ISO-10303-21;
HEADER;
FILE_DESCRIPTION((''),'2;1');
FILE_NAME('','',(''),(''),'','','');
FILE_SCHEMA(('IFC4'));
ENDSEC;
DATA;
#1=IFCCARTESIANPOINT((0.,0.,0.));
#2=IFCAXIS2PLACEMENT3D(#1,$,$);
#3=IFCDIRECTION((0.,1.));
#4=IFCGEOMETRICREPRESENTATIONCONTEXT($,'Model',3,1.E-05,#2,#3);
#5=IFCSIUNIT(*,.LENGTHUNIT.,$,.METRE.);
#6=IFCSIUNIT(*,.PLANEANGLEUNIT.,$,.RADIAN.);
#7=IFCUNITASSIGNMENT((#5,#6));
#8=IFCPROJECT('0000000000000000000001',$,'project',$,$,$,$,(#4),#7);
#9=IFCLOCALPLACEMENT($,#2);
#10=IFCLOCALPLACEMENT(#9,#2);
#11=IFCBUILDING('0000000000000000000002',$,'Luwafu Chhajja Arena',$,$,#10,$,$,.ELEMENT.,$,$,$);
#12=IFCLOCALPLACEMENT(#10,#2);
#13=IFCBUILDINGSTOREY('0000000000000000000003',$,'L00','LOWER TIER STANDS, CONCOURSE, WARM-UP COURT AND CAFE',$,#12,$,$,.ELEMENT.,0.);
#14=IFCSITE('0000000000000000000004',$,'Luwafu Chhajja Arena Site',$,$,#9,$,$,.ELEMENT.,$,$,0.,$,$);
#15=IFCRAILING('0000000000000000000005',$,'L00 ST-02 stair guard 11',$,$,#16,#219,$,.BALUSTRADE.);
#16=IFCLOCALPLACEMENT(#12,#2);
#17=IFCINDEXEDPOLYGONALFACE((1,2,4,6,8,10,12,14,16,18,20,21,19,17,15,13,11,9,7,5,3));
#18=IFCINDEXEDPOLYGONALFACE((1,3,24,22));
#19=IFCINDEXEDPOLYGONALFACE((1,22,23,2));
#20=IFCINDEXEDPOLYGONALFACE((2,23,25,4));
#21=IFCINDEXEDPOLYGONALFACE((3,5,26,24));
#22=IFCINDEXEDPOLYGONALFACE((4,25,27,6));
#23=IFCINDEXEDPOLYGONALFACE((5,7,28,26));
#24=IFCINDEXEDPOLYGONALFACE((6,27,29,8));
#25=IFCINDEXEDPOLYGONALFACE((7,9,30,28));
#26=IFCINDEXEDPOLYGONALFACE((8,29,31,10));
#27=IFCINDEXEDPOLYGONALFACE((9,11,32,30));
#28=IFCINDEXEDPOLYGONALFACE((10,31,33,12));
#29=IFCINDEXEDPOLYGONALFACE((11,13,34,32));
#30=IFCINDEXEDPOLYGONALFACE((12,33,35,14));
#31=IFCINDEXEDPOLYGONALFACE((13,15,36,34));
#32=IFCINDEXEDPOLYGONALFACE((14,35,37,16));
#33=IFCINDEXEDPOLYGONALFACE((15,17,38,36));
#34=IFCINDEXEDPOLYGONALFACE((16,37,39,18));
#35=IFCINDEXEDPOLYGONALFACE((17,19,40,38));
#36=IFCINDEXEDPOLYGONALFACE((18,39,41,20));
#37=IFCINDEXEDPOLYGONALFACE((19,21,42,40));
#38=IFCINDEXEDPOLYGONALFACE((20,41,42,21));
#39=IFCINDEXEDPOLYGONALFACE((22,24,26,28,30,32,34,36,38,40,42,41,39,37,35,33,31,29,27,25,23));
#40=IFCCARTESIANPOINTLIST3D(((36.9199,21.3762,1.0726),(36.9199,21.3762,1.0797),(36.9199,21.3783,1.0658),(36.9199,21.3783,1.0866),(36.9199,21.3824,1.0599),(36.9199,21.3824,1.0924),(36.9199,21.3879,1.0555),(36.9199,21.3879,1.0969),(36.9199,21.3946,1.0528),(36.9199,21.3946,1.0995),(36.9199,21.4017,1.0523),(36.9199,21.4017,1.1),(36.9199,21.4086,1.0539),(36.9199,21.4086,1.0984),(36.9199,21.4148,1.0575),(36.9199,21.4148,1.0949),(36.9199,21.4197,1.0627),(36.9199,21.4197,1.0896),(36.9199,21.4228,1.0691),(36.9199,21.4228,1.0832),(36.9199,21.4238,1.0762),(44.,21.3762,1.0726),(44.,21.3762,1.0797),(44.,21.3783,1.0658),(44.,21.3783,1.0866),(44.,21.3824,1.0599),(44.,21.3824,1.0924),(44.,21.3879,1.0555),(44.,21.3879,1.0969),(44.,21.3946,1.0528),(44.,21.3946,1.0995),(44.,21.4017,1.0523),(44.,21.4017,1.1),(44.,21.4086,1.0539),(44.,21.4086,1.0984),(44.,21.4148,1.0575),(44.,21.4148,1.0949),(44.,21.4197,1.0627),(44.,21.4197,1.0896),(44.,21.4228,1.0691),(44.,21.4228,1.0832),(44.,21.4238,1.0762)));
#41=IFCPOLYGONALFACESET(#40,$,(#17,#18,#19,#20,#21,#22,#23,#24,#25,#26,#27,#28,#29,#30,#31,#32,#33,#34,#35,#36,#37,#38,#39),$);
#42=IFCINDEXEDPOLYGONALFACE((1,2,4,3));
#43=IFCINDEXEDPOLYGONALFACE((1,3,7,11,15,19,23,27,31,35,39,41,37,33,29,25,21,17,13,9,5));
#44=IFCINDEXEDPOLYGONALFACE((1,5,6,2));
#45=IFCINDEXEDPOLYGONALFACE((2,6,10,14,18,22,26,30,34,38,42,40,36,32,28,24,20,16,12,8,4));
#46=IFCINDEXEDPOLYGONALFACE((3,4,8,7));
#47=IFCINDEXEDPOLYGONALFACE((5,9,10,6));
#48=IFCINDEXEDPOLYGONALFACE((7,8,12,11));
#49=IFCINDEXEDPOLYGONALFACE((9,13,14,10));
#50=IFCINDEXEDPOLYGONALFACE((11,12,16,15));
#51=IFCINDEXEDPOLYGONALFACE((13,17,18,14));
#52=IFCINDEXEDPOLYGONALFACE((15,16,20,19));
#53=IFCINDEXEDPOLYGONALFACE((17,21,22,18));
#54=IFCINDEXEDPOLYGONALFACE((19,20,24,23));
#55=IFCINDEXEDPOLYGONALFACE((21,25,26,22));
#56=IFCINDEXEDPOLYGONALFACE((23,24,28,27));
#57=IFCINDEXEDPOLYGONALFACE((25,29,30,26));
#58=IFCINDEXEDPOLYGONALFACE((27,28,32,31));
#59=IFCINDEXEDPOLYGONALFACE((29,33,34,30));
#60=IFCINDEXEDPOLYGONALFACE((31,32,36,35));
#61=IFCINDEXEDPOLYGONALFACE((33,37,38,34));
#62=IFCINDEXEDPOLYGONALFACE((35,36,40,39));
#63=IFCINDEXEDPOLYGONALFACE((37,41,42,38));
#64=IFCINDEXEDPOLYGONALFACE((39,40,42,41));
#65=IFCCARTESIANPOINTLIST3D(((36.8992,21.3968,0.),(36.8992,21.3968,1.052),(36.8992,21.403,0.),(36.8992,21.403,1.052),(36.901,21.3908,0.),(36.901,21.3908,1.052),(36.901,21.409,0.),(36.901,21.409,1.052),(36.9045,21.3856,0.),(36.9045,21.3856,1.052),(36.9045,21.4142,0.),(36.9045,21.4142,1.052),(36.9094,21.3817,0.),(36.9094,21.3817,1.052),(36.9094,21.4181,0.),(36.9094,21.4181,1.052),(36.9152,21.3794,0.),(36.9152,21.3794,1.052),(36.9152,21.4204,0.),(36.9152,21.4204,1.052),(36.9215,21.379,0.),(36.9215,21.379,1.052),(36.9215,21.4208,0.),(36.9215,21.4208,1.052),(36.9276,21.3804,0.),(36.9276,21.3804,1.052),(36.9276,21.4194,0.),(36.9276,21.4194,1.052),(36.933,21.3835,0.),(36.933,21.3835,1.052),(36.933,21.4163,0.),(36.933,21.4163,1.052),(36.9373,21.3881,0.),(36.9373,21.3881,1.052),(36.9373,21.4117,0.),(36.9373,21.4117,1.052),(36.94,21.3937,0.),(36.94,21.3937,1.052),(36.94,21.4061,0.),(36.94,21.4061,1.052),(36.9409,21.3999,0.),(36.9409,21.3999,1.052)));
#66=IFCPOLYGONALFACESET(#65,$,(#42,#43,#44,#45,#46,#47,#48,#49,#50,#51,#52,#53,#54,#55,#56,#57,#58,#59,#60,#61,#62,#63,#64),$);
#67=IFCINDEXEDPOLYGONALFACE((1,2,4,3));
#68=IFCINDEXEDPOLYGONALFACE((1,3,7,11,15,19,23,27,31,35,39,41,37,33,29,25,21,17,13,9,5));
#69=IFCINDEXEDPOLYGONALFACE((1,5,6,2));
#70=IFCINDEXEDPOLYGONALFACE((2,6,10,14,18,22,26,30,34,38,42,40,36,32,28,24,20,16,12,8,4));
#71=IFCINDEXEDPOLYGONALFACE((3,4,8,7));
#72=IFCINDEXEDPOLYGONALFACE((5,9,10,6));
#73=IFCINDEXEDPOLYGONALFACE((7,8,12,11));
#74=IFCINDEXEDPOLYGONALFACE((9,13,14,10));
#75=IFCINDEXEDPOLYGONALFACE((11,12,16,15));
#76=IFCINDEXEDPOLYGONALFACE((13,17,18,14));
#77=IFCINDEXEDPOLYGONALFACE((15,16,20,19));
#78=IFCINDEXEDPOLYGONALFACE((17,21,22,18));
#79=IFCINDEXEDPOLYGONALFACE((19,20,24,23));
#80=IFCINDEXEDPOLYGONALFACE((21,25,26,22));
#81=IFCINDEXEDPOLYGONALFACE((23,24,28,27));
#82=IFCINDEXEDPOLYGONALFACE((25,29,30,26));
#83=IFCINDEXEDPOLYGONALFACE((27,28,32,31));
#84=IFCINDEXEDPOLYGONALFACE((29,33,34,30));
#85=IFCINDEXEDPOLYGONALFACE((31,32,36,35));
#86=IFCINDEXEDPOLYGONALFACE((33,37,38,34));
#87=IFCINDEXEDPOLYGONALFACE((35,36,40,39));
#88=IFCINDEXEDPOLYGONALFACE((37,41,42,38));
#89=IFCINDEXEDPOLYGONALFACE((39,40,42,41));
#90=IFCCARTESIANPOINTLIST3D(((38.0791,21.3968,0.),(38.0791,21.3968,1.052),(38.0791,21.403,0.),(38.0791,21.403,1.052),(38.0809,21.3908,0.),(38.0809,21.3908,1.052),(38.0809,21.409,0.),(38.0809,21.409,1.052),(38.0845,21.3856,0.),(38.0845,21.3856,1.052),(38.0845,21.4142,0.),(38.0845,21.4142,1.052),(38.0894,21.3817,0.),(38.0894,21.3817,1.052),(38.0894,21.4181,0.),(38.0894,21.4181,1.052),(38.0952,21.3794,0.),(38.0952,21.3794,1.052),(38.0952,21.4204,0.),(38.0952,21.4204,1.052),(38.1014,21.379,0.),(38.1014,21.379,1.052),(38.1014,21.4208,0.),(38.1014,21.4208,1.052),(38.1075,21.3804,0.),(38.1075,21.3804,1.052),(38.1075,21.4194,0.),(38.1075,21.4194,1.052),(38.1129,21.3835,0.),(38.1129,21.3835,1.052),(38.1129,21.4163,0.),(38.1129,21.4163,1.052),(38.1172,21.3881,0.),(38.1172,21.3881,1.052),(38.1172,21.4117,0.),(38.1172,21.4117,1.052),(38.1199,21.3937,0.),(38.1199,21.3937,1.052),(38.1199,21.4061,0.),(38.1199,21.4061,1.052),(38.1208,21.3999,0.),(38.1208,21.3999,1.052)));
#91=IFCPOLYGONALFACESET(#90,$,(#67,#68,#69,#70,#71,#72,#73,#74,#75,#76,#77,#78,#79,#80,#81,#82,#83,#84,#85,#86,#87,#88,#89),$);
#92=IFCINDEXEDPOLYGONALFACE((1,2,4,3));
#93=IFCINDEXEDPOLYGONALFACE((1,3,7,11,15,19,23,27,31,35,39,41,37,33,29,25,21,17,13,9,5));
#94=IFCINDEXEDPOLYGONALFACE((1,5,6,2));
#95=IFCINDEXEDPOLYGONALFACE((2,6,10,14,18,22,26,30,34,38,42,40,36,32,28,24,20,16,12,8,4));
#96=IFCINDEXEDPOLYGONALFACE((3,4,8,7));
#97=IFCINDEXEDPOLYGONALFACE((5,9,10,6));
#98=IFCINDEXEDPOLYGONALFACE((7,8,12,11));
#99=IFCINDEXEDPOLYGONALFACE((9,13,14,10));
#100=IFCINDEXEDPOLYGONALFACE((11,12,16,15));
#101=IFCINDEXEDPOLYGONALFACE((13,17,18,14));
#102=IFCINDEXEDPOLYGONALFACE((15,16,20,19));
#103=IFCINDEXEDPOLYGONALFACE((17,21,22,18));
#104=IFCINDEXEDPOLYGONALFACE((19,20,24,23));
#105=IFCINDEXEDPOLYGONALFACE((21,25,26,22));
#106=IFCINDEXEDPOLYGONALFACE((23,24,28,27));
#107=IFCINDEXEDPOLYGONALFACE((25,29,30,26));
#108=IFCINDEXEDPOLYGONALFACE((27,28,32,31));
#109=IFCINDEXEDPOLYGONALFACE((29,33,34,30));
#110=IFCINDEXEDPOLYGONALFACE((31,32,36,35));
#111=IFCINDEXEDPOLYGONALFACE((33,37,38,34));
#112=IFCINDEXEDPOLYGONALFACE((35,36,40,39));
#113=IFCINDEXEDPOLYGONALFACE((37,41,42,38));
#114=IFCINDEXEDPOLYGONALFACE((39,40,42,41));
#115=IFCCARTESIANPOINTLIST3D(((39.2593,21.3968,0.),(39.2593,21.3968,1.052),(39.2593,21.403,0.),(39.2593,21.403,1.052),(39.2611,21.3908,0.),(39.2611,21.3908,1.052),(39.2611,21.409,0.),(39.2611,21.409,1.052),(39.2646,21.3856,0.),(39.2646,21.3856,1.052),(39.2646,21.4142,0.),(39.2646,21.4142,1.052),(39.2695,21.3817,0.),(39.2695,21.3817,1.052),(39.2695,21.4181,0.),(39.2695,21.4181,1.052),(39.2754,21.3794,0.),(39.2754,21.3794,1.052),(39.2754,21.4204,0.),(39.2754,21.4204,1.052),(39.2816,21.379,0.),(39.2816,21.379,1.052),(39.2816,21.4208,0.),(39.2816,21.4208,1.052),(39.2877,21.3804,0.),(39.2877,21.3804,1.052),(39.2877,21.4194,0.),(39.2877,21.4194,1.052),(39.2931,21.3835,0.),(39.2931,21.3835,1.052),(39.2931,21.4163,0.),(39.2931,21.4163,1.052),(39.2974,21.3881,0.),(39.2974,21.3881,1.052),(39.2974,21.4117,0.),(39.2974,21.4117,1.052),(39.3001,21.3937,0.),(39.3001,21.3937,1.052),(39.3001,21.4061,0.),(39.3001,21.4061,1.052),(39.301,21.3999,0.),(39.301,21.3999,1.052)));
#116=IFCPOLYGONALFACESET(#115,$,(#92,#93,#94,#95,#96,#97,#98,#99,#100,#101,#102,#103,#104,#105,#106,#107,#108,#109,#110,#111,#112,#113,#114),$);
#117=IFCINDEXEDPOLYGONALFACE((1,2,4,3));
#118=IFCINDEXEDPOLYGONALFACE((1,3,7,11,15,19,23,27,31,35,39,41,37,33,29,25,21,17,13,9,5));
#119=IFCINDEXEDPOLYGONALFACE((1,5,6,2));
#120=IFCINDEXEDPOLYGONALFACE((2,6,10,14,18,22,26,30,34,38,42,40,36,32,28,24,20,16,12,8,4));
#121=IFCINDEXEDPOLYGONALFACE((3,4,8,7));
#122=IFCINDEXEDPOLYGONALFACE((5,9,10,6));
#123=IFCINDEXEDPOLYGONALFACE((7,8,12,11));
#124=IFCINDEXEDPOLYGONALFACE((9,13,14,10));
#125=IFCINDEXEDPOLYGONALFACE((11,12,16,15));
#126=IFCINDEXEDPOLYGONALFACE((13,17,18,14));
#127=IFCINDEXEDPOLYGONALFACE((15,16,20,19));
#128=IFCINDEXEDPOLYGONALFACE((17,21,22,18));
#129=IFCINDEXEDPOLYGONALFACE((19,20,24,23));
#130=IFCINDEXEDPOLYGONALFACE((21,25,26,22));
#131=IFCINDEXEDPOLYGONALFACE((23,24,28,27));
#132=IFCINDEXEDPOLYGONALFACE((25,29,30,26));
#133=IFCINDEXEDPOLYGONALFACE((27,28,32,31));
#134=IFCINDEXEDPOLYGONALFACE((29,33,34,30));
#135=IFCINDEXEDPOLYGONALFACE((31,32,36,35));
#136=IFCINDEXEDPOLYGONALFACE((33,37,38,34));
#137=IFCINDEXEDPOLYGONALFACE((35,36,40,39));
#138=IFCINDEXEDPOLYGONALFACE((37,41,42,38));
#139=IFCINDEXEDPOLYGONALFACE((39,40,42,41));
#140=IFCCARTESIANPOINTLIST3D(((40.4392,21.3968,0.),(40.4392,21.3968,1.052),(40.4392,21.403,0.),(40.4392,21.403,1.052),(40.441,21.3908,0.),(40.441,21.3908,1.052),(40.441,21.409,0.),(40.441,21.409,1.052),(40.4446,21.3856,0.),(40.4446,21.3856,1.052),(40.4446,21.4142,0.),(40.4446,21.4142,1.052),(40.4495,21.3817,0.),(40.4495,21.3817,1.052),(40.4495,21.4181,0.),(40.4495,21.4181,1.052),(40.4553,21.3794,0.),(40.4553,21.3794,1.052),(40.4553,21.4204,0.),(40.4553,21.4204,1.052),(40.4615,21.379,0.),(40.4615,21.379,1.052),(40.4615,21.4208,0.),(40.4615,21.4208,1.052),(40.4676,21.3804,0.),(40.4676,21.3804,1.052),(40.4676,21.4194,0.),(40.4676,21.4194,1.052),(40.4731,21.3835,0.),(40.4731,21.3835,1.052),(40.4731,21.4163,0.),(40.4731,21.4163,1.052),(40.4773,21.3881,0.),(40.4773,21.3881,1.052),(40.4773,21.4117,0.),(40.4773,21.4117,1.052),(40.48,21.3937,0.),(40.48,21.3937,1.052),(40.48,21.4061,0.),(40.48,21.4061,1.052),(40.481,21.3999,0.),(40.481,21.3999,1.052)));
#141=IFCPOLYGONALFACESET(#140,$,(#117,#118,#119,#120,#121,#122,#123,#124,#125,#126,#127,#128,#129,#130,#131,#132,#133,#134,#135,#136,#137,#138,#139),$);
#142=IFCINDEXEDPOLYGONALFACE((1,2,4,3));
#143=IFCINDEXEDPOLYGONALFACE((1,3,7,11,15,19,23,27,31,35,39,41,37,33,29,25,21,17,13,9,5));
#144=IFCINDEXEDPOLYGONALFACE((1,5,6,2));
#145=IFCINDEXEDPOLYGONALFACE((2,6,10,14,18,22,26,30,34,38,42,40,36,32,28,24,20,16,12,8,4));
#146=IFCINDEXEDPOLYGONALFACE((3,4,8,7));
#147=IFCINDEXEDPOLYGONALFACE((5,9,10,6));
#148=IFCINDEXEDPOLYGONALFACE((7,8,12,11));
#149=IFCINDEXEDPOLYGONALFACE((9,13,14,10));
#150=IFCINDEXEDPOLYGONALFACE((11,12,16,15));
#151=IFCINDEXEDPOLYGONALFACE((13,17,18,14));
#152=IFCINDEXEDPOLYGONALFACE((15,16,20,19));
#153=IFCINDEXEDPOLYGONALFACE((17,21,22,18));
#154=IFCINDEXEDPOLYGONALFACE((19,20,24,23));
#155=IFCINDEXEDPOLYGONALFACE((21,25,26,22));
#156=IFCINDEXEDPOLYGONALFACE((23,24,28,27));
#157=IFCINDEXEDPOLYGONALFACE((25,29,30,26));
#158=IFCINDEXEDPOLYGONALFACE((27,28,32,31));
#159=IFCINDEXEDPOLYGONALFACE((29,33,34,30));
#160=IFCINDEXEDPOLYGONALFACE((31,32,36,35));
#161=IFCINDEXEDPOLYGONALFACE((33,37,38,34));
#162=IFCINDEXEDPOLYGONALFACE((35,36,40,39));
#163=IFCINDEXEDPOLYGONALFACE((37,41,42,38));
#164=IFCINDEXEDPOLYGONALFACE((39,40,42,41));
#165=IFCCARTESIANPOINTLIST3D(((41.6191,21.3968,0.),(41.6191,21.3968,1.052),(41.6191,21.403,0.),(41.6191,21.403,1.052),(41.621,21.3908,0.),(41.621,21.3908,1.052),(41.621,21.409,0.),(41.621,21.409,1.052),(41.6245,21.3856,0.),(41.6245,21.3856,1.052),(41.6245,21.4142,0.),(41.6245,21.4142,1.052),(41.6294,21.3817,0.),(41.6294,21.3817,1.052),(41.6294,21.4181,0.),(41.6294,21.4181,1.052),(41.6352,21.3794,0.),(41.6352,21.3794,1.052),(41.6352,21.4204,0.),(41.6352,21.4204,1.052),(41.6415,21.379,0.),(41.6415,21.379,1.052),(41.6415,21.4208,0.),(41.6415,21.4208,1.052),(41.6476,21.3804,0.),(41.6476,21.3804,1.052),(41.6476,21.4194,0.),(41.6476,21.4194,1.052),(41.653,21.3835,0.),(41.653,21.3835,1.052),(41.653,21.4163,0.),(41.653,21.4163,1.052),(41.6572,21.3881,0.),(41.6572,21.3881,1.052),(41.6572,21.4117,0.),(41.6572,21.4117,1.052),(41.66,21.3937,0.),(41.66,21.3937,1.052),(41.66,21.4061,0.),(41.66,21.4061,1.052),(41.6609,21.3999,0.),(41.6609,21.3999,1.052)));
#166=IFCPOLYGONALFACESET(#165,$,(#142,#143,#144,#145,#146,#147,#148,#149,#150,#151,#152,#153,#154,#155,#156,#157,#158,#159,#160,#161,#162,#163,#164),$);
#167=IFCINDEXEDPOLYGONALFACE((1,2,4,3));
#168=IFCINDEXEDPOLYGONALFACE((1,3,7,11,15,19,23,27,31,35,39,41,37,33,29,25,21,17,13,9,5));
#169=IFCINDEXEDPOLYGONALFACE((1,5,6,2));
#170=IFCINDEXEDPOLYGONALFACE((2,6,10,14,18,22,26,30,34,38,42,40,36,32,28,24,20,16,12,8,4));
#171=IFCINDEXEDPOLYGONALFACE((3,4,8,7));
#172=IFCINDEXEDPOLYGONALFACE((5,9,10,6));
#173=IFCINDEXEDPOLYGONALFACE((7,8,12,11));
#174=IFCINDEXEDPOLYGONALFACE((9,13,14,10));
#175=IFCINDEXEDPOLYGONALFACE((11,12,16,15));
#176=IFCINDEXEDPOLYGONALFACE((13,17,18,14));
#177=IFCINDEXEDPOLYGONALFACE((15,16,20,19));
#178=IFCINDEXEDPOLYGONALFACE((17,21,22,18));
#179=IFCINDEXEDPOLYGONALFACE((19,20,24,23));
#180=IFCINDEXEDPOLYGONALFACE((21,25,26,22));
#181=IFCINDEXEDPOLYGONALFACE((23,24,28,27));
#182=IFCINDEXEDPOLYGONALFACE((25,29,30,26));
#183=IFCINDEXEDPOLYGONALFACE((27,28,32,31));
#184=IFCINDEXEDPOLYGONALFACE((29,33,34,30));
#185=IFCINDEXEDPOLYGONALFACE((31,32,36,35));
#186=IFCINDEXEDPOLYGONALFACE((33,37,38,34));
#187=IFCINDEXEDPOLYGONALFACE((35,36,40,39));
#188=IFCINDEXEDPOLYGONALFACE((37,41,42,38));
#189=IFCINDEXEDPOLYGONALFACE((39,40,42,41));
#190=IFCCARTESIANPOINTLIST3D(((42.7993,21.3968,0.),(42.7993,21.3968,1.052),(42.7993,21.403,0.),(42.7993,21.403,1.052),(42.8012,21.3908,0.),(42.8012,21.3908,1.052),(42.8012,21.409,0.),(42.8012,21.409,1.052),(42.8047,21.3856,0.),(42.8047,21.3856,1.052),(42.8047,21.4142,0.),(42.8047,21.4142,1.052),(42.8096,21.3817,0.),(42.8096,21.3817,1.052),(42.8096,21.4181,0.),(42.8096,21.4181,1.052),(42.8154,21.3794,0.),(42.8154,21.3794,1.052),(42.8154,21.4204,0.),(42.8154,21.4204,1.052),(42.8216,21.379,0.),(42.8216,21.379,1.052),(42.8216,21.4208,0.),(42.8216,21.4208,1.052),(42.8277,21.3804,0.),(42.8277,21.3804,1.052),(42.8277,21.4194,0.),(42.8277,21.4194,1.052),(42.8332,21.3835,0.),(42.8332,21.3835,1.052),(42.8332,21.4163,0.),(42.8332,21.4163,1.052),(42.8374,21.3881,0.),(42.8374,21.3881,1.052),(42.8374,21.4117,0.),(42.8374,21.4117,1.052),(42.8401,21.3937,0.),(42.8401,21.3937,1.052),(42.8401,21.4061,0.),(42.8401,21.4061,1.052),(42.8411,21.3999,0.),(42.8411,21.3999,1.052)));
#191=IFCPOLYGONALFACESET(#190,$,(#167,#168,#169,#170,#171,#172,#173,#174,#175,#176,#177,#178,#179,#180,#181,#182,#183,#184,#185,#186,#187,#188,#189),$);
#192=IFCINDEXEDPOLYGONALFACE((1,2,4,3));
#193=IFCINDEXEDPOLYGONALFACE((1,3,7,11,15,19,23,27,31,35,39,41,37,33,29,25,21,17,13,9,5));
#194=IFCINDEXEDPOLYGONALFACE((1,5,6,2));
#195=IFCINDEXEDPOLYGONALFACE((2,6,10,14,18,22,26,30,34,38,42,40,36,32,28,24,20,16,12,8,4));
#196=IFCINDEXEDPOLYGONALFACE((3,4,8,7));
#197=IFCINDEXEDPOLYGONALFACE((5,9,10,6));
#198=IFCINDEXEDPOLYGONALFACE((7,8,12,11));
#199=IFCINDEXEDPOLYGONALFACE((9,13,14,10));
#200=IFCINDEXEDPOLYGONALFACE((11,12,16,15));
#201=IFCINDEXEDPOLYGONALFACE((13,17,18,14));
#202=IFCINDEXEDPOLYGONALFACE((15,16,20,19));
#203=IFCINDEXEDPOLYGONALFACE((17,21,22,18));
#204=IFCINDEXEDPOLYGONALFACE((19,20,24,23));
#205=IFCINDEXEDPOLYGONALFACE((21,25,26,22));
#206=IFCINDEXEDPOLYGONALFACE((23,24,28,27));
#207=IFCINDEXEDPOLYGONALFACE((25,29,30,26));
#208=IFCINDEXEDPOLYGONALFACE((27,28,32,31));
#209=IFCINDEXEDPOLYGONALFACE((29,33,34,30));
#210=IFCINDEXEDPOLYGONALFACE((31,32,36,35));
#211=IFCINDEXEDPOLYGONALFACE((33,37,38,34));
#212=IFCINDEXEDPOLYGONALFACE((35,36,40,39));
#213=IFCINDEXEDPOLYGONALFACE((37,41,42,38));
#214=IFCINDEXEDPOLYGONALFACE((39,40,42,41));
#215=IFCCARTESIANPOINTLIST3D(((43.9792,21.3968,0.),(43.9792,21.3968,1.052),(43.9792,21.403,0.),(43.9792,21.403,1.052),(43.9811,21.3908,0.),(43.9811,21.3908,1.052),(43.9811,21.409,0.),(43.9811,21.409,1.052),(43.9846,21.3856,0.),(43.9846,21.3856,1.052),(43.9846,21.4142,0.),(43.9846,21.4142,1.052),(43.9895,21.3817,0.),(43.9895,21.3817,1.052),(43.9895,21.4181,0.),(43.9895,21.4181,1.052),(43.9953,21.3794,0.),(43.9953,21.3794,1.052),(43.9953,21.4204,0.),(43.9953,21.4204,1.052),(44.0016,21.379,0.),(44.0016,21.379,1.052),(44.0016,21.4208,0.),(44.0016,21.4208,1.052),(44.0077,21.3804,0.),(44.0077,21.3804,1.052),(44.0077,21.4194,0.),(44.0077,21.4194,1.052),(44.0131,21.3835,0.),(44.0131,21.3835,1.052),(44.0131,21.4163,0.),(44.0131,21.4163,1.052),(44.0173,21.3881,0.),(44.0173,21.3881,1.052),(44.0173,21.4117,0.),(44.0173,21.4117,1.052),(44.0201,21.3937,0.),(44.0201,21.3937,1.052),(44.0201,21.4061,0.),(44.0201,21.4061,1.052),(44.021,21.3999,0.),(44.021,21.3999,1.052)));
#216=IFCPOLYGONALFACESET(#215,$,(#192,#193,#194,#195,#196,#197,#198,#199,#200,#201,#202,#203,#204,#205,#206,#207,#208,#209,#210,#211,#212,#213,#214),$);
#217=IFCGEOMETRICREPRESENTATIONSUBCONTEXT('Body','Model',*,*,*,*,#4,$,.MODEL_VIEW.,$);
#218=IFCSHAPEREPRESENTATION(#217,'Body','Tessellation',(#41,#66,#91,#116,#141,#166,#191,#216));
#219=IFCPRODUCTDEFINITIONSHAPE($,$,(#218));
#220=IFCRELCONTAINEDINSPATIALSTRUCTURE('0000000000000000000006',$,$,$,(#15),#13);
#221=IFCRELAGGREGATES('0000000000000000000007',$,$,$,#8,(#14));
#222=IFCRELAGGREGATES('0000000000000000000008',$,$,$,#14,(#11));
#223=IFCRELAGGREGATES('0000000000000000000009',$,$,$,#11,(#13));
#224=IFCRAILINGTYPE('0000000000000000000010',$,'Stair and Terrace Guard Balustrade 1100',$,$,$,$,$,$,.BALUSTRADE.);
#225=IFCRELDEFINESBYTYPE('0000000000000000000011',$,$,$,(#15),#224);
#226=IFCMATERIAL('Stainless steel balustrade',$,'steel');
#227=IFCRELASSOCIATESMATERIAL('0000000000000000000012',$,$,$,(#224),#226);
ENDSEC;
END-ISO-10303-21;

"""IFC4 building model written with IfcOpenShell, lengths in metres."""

from ifc_helpers import new_model, si_unit, direction, frame, origin, origin_2d, place, context, subcontext, project, spatial, circle, extrude, material, type_object, element, save


model = new_model("IFC4")

# Units and contexts
model_context = context("Model", 3, precision=1e-05, world=origin(), true_north=direction((0.0, 1.0)))
body_context = subcontext(model_context, "Body", "Model", "MODEL_VIEW")
ifc_project = project(units=[si_unit("LENGTHUNIT", "METRE"), si_unit("PLANEANGLEUNIT", "RADIAN")], contexts=[model_context])

# Site, building, storey
site_placement = place(None, origin())
site = spatial("IfcSite", under=ifc_project, at=site_placement, Name="Luwafu Chhajja Arena Site", CompositionType="ELEMENT", RefElevation=0.0)
building_placement = place(site_placement, origin())
building = spatial("IfcBuilding", under=site, at=building_placement, Name="Luwafu Chhajja Arena", CompositionType="ELEMENT")
storey_placement = place(building_placement, origin())
storey = spatial("IfcBuildingStorey", under=building, at=storey_placement, Name="L00", Description="LOWER TIER STANDS, CONCOURSE, WARM-UP COURT AND CAFE", CompositionType="ELEMENT", Elevation=0.0)

# Railing
ifc_material_1 = material(Name="Stainless steel balustrade", Category="steel")
railing_type_1 = type_object("IfcRailingType", Name="Stair and Terrace Guard Balustrade 1100", PredefinedType="BALUSTRADE", material=ifc_material_1)
railing_1_placement = place(storey_placement, frame((36.9199, 21.3999, 0.0)))
element("IfcRailing", 1, at=railing_1_placement, inside=storey, type_object=railing_type_1, Name="L00 ST-02 stair guard 11", PredefinedType="BALUSTRADE", context=body_context, shape_type="SweptSolid", body=[
    extrude(circle(Radius=0.0239, at=origin_2d()), frame((0.0, 0.0, 1.0762), z_axis=(1.0, 0.0, 0.0), x_axis=(0.0, 1.0, 0.0)), (0.0, 0.0, 1.0), 7.0801),
    extrude(circle(Radius=0.021, at=origin_2d()), origin(), (0.0, 0.0, 1.0), 1.052),
    extrude(circle(Radius=0.021, at=origin_2d()), frame((1.1799, 0.0, 0.0)), (0.0, 0.0, 1.0), 1.052),
    extrude(circle(Radius=0.021, at=origin_2d()), frame((2.3601, 0.0, 0.0)), (0.0, 0.0, 1.0), 1.052),
    extrude(circle(Radius=0.021, at=origin_2d()), frame((3.54, 0.0, 0.0)), (0.0, 0.0, 1.0), 1.052),
    extrude(circle(Radius=0.021, at=origin_2d()), frame((4.72, 0.0, 0.0)), (0.0, 0.0, 1.0), 1.052),
    extrude(circle(Radius=0.021, at=origin_2d()), frame((5.9001, 0.0, 0.0)), (0.0, 0.0, 1.0), 1.052),
    extrude(circle(Radius=0.021, at=origin_2d()), frame((7.0801, 0.0, 0.0)), (0.0, 0.0, 1.0), 1.052),
])

save(model, "model.ifc")
